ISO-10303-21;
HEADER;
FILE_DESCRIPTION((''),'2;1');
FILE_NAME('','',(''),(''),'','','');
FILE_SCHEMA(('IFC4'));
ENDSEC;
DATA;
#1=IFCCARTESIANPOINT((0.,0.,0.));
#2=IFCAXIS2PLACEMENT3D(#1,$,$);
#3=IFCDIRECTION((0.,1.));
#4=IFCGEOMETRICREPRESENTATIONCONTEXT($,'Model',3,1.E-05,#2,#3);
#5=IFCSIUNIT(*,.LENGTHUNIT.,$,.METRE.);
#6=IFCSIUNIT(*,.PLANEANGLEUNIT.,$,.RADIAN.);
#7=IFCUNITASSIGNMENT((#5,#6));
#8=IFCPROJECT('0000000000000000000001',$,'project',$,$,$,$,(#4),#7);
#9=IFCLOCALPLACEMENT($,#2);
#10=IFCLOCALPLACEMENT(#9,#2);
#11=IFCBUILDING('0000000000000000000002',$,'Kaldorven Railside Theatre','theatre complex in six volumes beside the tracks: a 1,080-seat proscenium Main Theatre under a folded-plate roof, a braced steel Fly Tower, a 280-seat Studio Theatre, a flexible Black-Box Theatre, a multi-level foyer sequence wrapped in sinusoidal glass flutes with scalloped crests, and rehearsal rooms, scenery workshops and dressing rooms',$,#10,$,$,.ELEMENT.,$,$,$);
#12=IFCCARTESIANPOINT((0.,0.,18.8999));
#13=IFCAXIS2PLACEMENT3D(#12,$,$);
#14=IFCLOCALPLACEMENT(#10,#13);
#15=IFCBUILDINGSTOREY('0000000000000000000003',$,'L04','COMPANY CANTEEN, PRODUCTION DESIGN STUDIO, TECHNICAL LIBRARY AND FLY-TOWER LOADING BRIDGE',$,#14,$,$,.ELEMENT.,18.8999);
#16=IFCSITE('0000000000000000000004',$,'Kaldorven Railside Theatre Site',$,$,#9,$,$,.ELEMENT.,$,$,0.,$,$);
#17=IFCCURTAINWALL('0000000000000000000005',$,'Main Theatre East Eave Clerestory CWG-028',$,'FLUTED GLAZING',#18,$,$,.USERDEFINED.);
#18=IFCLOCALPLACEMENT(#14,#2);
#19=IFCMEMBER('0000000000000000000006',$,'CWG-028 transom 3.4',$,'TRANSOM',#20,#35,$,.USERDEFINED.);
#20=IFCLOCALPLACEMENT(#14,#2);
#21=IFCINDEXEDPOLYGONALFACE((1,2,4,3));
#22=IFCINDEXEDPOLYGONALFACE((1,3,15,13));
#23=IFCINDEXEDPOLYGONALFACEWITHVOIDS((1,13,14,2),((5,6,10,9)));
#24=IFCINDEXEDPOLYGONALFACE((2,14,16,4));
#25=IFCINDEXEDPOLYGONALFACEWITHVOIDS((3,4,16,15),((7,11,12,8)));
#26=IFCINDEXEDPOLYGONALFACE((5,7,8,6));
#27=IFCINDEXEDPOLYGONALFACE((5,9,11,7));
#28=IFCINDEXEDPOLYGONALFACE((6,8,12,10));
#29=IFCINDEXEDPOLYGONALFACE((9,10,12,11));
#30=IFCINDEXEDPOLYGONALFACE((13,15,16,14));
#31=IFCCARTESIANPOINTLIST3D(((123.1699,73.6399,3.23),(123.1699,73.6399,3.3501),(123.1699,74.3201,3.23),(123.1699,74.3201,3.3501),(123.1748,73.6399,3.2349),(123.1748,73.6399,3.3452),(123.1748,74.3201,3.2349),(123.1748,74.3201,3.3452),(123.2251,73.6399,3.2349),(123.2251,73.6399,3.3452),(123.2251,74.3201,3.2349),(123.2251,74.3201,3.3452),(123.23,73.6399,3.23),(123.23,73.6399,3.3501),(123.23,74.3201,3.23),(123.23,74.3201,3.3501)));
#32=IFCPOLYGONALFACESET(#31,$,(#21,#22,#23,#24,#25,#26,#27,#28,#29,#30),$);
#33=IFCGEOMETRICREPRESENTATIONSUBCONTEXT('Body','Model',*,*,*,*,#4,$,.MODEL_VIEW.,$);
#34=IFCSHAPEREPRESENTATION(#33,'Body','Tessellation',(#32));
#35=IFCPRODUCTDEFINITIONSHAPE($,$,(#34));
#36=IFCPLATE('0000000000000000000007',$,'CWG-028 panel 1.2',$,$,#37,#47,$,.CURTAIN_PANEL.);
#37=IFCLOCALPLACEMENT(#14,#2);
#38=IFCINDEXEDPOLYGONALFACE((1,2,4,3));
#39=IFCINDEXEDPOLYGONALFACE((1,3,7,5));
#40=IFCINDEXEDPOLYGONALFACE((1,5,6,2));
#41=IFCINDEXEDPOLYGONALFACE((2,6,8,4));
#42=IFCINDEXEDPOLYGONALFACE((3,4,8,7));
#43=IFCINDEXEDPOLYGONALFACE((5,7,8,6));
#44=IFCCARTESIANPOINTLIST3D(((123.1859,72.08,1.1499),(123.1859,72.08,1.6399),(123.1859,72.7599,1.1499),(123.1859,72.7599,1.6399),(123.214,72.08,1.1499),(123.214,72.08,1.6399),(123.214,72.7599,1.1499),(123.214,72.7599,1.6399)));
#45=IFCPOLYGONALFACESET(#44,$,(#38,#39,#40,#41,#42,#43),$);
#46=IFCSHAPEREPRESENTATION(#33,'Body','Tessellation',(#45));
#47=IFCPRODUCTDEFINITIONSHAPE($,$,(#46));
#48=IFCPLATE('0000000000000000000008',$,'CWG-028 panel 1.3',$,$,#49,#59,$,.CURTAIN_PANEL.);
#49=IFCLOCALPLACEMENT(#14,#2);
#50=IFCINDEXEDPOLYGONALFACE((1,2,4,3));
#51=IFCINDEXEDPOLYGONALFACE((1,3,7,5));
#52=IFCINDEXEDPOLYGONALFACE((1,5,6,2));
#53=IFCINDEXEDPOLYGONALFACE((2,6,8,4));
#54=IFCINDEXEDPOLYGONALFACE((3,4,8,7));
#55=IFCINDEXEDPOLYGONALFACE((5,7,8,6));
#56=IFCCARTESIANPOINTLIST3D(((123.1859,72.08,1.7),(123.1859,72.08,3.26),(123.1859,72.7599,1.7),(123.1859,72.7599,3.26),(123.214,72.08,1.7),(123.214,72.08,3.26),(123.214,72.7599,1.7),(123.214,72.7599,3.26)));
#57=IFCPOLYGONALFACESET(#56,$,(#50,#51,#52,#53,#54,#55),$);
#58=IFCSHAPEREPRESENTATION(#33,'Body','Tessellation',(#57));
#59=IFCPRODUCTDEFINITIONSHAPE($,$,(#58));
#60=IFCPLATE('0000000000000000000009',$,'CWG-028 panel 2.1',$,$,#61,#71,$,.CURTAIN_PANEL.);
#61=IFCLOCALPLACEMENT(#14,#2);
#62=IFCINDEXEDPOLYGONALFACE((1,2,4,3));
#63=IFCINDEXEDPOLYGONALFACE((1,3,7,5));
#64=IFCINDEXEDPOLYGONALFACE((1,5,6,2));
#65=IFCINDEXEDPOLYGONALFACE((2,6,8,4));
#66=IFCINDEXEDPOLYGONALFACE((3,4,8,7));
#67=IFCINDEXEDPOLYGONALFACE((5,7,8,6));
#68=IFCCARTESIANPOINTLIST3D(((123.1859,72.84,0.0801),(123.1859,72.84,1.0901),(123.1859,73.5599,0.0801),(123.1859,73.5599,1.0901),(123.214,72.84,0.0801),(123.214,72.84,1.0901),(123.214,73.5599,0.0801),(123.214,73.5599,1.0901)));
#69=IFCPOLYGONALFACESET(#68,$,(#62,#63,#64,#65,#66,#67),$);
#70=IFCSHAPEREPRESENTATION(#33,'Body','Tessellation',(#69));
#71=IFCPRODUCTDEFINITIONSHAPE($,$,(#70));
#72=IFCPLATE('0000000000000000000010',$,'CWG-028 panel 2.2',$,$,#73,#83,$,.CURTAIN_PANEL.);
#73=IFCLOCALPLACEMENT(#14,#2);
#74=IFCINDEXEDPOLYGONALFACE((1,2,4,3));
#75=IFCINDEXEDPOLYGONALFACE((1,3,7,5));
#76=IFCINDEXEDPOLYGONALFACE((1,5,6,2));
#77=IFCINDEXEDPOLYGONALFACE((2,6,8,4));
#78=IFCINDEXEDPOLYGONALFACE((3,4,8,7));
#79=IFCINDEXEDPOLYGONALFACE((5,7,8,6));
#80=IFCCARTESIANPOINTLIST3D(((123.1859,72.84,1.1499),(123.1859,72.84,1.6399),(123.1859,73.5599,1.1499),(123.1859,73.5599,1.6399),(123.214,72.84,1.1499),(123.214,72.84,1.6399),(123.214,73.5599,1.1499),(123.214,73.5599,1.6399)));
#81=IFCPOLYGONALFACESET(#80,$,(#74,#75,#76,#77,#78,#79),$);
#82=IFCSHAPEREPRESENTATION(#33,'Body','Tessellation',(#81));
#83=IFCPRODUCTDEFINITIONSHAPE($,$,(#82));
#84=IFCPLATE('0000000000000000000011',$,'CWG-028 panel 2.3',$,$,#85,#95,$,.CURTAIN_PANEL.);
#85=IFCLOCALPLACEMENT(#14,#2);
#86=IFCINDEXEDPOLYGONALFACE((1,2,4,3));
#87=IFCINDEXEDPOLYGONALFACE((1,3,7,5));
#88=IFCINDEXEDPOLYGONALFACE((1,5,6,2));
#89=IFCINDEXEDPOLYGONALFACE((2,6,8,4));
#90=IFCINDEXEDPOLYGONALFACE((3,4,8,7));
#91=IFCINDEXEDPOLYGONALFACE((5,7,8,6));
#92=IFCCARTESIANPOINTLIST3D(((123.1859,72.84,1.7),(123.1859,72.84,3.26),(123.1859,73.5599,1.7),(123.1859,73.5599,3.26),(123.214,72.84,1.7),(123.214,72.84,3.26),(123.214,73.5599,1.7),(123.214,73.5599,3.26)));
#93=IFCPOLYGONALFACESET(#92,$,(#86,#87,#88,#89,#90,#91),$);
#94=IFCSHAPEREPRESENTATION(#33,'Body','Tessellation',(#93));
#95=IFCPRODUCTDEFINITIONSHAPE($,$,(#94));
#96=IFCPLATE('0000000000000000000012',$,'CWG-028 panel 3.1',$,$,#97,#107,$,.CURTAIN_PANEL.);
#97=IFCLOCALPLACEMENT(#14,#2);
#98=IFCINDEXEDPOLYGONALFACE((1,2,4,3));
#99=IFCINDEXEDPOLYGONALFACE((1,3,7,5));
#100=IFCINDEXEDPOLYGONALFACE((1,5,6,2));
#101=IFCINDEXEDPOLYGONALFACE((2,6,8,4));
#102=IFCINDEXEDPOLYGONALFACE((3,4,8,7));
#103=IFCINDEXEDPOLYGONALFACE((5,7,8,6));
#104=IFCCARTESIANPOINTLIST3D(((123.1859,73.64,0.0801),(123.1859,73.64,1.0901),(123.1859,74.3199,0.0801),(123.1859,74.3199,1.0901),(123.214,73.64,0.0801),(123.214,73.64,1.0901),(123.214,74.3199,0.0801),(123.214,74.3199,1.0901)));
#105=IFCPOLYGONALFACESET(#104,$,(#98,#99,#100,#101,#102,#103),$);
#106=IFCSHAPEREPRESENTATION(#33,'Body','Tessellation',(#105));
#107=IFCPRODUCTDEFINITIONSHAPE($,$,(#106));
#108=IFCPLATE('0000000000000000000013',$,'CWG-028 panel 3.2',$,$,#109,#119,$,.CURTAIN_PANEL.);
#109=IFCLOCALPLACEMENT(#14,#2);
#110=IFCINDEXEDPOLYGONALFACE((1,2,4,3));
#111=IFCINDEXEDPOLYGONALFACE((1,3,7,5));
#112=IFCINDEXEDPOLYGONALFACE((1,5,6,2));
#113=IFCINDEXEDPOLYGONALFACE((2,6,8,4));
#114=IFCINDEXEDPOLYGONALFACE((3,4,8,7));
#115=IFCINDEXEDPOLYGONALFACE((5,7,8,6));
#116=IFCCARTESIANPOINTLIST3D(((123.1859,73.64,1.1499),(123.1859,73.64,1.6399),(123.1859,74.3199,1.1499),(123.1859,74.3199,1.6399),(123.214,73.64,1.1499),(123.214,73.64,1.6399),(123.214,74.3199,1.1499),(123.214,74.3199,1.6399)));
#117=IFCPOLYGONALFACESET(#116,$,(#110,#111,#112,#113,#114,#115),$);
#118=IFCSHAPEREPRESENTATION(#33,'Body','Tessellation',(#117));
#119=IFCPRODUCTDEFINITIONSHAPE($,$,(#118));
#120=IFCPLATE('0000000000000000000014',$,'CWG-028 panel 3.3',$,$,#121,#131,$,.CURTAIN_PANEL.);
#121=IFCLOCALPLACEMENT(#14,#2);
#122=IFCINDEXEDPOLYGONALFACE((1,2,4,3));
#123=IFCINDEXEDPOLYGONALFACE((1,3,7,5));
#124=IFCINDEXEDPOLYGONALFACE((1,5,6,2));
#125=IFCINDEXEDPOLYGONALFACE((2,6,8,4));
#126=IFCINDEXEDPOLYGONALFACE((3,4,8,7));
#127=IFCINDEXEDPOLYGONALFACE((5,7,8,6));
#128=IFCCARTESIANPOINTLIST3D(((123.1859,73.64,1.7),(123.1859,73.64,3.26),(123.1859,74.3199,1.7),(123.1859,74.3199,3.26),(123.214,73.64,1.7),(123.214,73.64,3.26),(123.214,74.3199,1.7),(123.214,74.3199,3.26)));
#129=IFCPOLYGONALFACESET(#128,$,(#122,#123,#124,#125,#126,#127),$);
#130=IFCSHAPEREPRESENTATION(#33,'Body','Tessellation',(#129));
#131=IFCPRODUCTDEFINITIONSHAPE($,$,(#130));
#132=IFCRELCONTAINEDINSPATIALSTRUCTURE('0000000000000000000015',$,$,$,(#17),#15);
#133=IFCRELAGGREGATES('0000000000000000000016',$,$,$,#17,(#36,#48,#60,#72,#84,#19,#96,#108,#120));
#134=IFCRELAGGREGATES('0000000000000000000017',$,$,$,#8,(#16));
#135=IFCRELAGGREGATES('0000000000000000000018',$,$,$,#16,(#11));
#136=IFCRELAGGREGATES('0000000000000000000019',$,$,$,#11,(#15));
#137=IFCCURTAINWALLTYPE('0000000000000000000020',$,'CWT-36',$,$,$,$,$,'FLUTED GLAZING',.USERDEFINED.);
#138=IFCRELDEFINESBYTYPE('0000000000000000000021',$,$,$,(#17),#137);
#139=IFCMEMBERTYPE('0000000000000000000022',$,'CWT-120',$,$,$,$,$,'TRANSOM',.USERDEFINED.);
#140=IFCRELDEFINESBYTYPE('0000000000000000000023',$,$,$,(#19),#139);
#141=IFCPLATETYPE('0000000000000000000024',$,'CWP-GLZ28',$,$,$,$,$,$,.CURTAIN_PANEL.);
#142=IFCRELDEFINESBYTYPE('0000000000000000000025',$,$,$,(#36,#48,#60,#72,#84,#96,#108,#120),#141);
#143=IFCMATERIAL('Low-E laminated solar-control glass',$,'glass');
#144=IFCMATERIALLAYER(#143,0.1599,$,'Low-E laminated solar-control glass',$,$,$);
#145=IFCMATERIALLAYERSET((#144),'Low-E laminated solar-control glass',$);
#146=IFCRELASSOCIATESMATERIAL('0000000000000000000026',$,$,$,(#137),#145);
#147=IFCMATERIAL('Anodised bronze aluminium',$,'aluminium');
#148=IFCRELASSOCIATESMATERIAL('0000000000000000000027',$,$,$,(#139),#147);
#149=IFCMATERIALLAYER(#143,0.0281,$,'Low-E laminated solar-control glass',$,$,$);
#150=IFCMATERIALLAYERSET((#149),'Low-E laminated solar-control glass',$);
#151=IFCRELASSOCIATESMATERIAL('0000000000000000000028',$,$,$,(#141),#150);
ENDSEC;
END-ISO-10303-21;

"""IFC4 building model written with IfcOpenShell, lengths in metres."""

from ifc_helpers import new_model, si_unit, direction, frame, origin, origin_2d, place, context, subcontext, project, spatial, rectangle, hollow_rectangle, extrude, material, layer, layer_set, material_profile, profile_set, type_object, element, aggregate, save


model = new_model("IFC4")

# Units and contexts
model_context = context("Model", 3, precision=1e-05, world=origin(), true_north=direction((0.0, 1.0)))
body_context = subcontext(model_context, "Body", "Model", "MODEL_VIEW")
ifc_project = project(units=[si_unit("LENGTHUNIT", "METRE"), si_unit("PLANEANGLEUNIT", "RADIAN")], contexts=[model_context])

# Site, building, storey
site_placement = place(None, origin())
site = spatial("IfcSite", under=ifc_project, at=site_placement, Name="Kaldorven Railside Theatre Site", CompositionType="ELEMENT", RefElevation=0.0)
building_placement = place(site_placement, origin())
building = spatial("IfcBuilding", under=site, at=building_placement, Name="Kaldorven Railside Theatre", Description="theatre complex in six volumes beside the tracks: a 1,080-seat proscenium Main Theatre under a folded-plate roof, a braced steel Fly Tower, a 280-seat Studio Theatre, a flexible Black-Box Theatre, a multi-level foyer sequence wrapped in sinusoidal glass flutes with scalloped crests, and rehearsal rooms, scenery workshops and dressing rooms", CompositionType="ELEMENT")
storey_placement = place(building_placement, frame((0.0, 0.0, 18.8999)))
storey = spatial("IfcBuildingStorey", under=building, at=storey_placement, Name="L04", Description="COMPANY CANTEEN, PRODUCTION DESIGN STUDIO, TECHNICAL LIBRARY AND FLY-TOWER LOADING BRIDGE", CompositionType="ELEMENT", Elevation=18.8999)

# Curtain wall
ifc_material_1 = material(Name="Low-E laminated solar-control glass", Category="glass")
ifc_layer_1 = layer(ifc_material_1, 0.1599, Name="Low-E laminated solar-control glass")
ifc_layer_set_1 = layer_set([ifc_layer_1], Name="Low-E laminated solar-control glass")
curtain_wall_type_1 = type_object("IfcCurtainWallType", Name="CWT-36", ElementType="FLUTED GLAZING", PredefinedType="USERDEFINED", material=ifc_layer_set_1)
curtain_wall_1_placement = place(storey_placement, origin())
curtain_wall_1 = element("IfcCurtainWall", 1, at=curtain_wall_1_placement, inside=storey, type_object=curtain_wall_type_1, Name="Main Theatre East Eave Clerestory CWG-028", ObjectType="FLUTED GLAZING", PredefinedType="USERDEFINED")
ifc_material_2 = material(Name="Anodised bronze aluminium", Category="aluminium")

# Member
ifc_material_profile_1 = material_profile(ifc_material_2, hollow_rectangle(XDim=0.0601, YDim=0.1201, WallThickness=0.0049, at=origin_2d()), Name="RHS 120x60x5")
ifc_profile_set_1 = profile_set([ifc_material_profile_1], Name="Anodised bronze aluminium")
member_type_1 = type_object("IfcMemberType", Name="CWT-120", ElementType="TRANSOM", PredefinedType="USERDEFINED", material=ifc_profile_set_1)
member_1_placement = place(storey_placement, frame((123.2, 73.6399, 3.29), z_axis=(0.0, 1.0, 0.0), x_axis=(-1.0, 0.0, 0.0)))
member_1 = element("IfcMember", 2, at=member_1_placement, type_object=member_type_1, Name="CWG-028 transom 3.4", ObjectType="TRANSOM", PredefinedType="USERDEFINED", context=body_context, shape_type="SweptSolid", body=[
    extrude(hollow_rectangle(XDim=0.0601, YDim=0.1201, WallThickness=0.0049, at=origin_2d()), origin(), (0.0, 0.0, 1.0), 0.6802),
])

# Plates
ifc_layer_2 = layer(ifc_material_1, 0.0281, Name="Low-E laminated solar-control glass")
ifc_layer_set_2 = layer_set([ifc_layer_2], Name="Low-E laminated solar-control glass")
plate_type = type_object("IfcPlateType", Name="CWP-GLZ28", PredefinedType="CURTAIN_PANEL", material=ifc_layer_set_2)
plate_1_placement = place(storey_placement, frame((123.2, 72.4199, 1.1499), z_axis=(0.0, 0.0, 1.0), x_axis=(0.0, 1.0, 0.0)))
plate_1 = element("IfcPlate", 3, at=plate_1_placement, type_object=plate_type, Name="CWG-028 panel 1.2", PredefinedType="CURTAIN_PANEL", context=body_context, shape_type="SweptSolid", body=[
    extrude(rectangle(XDim=0.6799, YDim=0.0281, at=origin_2d()), origin(), (0.0, 0.0, 1.0), 0.49),
])
plate_2_placement = place(storey_placement, frame((123.2, 72.4199, 1.7), z_axis=(0.0, 0.0, 1.0), x_axis=(0.0, 1.0, 0.0)))
plate_2 = element("IfcPlate", 4, at=plate_2_placement, type_object=plate_type, Name="CWG-028 panel 1.3", PredefinedType="CURTAIN_PANEL", context=body_context, shape_type="SweptSolid", body=[
    extrude(rectangle(XDim=0.6799, YDim=0.0281, at=origin_2d()), origin(), (0.0, 0.0, 1.0), 1.5601),
])
plate_3_placement = place(storey_placement, frame((123.2, 73.2, 0.0801), z_axis=(0.0, 0.0, 1.0), x_axis=(0.0, 1.0, 0.0)))
plate_3 = element("IfcPlate", 5, at=plate_3_placement, type_object=plate_type, Name="CWG-028 panel 2.1", PredefinedType="CURTAIN_PANEL", context=body_context, shape_type="SweptSolid", body=[
    extrude(rectangle(XDim=0.72, YDim=0.0281, at=origin_2d()), origin(), (0.0, 0.0, 1.0), 1.01),
])
plate_4_placement = place(storey_placement, frame((123.2, 73.2, 1.1499), z_axis=(0.0, 0.0, 1.0), x_axis=(0.0, 1.0, 0.0)))
plate_4 = element("IfcPlate", 6, at=plate_4_placement, type_object=plate_type, Name="CWG-028 panel 2.2", PredefinedType="CURTAIN_PANEL", context=body_context, shape_type="SweptSolid", body=[
    extrude(rectangle(XDim=0.72, YDim=0.0281, at=origin_2d()), origin(), (0.0, 0.0, 1.0), 0.49),
])
plate_5_placement = place(storey_placement, frame((123.2, 73.2, 1.7), z_axis=(0.0, 0.0, 1.0), x_axis=(0.0, 1.0, 0.0)))
plate_5 = element("IfcPlate", 7, at=plate_5_placement, type_object=plate_type, Name="CWG-028 panel 2.3", PredefinedType="CURTAIN_PANEL", context=body_context, shape_type="SweptSolid", body=[
    extrude(rectangle(XDim=0.72, YDim=0.0281, at=origin_2d()), origin(), (0.0, 0.0, 1.0), 1.5601),
])
plate_6_placement = place(storey_placement, frame((123.2, 73.98, 0.0801), z_axis=(0.0, 0.0, 1.0), x_axis=(0.0, 1.0, 0.0)))
plate_6 = element("IfcPlate", 8, at=plate_6_placement, type_object=plate_type, Name="CWG-028 panel 3.1", PredefinedType="CURTAIN_PANEL", context=body_context, shape_type="SweptSolid", body=[
    extrude(rectangle(XDim=0.6799, YDim=0.0281, at=origin_2d()), origin(), (0.0, 0.0, 1.0), 1.01),
])
plate_7_placement = place(storey_placement, frame((123.2, 73.98, 1.1499), z_axis=(0.0, 0.0, 1.0), x_axis=(0.0, 1.0, 0.0)))
plate_7 = element("IfcPlate", 9, at=plate_7_placement, type_object=plate_type, Name="CWG-028 panel 3.2", PredefinedType="CURTAIN_PANEL", context=body_context, shape_type="SweptSolid", body=[
    extrude(rectangle(XDim=0.6799, YDim=0.0281, at=origin_2d()), origin(), (0.0, 0.0, 1.0), 0.49),
])
plate_8_placement = place(storey_placement, frame((123.2, 73.98, 1.7), z_axis=(0.0, 0.0, 1.0), x_axis=(0.0, 1.0, 0.0)))
plate_8 = element("IfcPlate", 10, at=plate_8_placement, type_object=plate_type, Name="CWG-028 panel 3.3", PredefinedType="CURTAIN_PANEL", context=body_context, shape_type="SweptSolid", body=[
    extrude(rectangle(XDim=0.6799, YDim=0.0281, at=origin_2d()), origin(), (0.0, 0.0, 1.0), 1.5601),
])
aggregate(curtain_wall_1, [plate_1, plate_2, plate_3, plate_4, plate_5, member_1, plate_6, plate_7, plate_8])

save(model, "model.ifc")
